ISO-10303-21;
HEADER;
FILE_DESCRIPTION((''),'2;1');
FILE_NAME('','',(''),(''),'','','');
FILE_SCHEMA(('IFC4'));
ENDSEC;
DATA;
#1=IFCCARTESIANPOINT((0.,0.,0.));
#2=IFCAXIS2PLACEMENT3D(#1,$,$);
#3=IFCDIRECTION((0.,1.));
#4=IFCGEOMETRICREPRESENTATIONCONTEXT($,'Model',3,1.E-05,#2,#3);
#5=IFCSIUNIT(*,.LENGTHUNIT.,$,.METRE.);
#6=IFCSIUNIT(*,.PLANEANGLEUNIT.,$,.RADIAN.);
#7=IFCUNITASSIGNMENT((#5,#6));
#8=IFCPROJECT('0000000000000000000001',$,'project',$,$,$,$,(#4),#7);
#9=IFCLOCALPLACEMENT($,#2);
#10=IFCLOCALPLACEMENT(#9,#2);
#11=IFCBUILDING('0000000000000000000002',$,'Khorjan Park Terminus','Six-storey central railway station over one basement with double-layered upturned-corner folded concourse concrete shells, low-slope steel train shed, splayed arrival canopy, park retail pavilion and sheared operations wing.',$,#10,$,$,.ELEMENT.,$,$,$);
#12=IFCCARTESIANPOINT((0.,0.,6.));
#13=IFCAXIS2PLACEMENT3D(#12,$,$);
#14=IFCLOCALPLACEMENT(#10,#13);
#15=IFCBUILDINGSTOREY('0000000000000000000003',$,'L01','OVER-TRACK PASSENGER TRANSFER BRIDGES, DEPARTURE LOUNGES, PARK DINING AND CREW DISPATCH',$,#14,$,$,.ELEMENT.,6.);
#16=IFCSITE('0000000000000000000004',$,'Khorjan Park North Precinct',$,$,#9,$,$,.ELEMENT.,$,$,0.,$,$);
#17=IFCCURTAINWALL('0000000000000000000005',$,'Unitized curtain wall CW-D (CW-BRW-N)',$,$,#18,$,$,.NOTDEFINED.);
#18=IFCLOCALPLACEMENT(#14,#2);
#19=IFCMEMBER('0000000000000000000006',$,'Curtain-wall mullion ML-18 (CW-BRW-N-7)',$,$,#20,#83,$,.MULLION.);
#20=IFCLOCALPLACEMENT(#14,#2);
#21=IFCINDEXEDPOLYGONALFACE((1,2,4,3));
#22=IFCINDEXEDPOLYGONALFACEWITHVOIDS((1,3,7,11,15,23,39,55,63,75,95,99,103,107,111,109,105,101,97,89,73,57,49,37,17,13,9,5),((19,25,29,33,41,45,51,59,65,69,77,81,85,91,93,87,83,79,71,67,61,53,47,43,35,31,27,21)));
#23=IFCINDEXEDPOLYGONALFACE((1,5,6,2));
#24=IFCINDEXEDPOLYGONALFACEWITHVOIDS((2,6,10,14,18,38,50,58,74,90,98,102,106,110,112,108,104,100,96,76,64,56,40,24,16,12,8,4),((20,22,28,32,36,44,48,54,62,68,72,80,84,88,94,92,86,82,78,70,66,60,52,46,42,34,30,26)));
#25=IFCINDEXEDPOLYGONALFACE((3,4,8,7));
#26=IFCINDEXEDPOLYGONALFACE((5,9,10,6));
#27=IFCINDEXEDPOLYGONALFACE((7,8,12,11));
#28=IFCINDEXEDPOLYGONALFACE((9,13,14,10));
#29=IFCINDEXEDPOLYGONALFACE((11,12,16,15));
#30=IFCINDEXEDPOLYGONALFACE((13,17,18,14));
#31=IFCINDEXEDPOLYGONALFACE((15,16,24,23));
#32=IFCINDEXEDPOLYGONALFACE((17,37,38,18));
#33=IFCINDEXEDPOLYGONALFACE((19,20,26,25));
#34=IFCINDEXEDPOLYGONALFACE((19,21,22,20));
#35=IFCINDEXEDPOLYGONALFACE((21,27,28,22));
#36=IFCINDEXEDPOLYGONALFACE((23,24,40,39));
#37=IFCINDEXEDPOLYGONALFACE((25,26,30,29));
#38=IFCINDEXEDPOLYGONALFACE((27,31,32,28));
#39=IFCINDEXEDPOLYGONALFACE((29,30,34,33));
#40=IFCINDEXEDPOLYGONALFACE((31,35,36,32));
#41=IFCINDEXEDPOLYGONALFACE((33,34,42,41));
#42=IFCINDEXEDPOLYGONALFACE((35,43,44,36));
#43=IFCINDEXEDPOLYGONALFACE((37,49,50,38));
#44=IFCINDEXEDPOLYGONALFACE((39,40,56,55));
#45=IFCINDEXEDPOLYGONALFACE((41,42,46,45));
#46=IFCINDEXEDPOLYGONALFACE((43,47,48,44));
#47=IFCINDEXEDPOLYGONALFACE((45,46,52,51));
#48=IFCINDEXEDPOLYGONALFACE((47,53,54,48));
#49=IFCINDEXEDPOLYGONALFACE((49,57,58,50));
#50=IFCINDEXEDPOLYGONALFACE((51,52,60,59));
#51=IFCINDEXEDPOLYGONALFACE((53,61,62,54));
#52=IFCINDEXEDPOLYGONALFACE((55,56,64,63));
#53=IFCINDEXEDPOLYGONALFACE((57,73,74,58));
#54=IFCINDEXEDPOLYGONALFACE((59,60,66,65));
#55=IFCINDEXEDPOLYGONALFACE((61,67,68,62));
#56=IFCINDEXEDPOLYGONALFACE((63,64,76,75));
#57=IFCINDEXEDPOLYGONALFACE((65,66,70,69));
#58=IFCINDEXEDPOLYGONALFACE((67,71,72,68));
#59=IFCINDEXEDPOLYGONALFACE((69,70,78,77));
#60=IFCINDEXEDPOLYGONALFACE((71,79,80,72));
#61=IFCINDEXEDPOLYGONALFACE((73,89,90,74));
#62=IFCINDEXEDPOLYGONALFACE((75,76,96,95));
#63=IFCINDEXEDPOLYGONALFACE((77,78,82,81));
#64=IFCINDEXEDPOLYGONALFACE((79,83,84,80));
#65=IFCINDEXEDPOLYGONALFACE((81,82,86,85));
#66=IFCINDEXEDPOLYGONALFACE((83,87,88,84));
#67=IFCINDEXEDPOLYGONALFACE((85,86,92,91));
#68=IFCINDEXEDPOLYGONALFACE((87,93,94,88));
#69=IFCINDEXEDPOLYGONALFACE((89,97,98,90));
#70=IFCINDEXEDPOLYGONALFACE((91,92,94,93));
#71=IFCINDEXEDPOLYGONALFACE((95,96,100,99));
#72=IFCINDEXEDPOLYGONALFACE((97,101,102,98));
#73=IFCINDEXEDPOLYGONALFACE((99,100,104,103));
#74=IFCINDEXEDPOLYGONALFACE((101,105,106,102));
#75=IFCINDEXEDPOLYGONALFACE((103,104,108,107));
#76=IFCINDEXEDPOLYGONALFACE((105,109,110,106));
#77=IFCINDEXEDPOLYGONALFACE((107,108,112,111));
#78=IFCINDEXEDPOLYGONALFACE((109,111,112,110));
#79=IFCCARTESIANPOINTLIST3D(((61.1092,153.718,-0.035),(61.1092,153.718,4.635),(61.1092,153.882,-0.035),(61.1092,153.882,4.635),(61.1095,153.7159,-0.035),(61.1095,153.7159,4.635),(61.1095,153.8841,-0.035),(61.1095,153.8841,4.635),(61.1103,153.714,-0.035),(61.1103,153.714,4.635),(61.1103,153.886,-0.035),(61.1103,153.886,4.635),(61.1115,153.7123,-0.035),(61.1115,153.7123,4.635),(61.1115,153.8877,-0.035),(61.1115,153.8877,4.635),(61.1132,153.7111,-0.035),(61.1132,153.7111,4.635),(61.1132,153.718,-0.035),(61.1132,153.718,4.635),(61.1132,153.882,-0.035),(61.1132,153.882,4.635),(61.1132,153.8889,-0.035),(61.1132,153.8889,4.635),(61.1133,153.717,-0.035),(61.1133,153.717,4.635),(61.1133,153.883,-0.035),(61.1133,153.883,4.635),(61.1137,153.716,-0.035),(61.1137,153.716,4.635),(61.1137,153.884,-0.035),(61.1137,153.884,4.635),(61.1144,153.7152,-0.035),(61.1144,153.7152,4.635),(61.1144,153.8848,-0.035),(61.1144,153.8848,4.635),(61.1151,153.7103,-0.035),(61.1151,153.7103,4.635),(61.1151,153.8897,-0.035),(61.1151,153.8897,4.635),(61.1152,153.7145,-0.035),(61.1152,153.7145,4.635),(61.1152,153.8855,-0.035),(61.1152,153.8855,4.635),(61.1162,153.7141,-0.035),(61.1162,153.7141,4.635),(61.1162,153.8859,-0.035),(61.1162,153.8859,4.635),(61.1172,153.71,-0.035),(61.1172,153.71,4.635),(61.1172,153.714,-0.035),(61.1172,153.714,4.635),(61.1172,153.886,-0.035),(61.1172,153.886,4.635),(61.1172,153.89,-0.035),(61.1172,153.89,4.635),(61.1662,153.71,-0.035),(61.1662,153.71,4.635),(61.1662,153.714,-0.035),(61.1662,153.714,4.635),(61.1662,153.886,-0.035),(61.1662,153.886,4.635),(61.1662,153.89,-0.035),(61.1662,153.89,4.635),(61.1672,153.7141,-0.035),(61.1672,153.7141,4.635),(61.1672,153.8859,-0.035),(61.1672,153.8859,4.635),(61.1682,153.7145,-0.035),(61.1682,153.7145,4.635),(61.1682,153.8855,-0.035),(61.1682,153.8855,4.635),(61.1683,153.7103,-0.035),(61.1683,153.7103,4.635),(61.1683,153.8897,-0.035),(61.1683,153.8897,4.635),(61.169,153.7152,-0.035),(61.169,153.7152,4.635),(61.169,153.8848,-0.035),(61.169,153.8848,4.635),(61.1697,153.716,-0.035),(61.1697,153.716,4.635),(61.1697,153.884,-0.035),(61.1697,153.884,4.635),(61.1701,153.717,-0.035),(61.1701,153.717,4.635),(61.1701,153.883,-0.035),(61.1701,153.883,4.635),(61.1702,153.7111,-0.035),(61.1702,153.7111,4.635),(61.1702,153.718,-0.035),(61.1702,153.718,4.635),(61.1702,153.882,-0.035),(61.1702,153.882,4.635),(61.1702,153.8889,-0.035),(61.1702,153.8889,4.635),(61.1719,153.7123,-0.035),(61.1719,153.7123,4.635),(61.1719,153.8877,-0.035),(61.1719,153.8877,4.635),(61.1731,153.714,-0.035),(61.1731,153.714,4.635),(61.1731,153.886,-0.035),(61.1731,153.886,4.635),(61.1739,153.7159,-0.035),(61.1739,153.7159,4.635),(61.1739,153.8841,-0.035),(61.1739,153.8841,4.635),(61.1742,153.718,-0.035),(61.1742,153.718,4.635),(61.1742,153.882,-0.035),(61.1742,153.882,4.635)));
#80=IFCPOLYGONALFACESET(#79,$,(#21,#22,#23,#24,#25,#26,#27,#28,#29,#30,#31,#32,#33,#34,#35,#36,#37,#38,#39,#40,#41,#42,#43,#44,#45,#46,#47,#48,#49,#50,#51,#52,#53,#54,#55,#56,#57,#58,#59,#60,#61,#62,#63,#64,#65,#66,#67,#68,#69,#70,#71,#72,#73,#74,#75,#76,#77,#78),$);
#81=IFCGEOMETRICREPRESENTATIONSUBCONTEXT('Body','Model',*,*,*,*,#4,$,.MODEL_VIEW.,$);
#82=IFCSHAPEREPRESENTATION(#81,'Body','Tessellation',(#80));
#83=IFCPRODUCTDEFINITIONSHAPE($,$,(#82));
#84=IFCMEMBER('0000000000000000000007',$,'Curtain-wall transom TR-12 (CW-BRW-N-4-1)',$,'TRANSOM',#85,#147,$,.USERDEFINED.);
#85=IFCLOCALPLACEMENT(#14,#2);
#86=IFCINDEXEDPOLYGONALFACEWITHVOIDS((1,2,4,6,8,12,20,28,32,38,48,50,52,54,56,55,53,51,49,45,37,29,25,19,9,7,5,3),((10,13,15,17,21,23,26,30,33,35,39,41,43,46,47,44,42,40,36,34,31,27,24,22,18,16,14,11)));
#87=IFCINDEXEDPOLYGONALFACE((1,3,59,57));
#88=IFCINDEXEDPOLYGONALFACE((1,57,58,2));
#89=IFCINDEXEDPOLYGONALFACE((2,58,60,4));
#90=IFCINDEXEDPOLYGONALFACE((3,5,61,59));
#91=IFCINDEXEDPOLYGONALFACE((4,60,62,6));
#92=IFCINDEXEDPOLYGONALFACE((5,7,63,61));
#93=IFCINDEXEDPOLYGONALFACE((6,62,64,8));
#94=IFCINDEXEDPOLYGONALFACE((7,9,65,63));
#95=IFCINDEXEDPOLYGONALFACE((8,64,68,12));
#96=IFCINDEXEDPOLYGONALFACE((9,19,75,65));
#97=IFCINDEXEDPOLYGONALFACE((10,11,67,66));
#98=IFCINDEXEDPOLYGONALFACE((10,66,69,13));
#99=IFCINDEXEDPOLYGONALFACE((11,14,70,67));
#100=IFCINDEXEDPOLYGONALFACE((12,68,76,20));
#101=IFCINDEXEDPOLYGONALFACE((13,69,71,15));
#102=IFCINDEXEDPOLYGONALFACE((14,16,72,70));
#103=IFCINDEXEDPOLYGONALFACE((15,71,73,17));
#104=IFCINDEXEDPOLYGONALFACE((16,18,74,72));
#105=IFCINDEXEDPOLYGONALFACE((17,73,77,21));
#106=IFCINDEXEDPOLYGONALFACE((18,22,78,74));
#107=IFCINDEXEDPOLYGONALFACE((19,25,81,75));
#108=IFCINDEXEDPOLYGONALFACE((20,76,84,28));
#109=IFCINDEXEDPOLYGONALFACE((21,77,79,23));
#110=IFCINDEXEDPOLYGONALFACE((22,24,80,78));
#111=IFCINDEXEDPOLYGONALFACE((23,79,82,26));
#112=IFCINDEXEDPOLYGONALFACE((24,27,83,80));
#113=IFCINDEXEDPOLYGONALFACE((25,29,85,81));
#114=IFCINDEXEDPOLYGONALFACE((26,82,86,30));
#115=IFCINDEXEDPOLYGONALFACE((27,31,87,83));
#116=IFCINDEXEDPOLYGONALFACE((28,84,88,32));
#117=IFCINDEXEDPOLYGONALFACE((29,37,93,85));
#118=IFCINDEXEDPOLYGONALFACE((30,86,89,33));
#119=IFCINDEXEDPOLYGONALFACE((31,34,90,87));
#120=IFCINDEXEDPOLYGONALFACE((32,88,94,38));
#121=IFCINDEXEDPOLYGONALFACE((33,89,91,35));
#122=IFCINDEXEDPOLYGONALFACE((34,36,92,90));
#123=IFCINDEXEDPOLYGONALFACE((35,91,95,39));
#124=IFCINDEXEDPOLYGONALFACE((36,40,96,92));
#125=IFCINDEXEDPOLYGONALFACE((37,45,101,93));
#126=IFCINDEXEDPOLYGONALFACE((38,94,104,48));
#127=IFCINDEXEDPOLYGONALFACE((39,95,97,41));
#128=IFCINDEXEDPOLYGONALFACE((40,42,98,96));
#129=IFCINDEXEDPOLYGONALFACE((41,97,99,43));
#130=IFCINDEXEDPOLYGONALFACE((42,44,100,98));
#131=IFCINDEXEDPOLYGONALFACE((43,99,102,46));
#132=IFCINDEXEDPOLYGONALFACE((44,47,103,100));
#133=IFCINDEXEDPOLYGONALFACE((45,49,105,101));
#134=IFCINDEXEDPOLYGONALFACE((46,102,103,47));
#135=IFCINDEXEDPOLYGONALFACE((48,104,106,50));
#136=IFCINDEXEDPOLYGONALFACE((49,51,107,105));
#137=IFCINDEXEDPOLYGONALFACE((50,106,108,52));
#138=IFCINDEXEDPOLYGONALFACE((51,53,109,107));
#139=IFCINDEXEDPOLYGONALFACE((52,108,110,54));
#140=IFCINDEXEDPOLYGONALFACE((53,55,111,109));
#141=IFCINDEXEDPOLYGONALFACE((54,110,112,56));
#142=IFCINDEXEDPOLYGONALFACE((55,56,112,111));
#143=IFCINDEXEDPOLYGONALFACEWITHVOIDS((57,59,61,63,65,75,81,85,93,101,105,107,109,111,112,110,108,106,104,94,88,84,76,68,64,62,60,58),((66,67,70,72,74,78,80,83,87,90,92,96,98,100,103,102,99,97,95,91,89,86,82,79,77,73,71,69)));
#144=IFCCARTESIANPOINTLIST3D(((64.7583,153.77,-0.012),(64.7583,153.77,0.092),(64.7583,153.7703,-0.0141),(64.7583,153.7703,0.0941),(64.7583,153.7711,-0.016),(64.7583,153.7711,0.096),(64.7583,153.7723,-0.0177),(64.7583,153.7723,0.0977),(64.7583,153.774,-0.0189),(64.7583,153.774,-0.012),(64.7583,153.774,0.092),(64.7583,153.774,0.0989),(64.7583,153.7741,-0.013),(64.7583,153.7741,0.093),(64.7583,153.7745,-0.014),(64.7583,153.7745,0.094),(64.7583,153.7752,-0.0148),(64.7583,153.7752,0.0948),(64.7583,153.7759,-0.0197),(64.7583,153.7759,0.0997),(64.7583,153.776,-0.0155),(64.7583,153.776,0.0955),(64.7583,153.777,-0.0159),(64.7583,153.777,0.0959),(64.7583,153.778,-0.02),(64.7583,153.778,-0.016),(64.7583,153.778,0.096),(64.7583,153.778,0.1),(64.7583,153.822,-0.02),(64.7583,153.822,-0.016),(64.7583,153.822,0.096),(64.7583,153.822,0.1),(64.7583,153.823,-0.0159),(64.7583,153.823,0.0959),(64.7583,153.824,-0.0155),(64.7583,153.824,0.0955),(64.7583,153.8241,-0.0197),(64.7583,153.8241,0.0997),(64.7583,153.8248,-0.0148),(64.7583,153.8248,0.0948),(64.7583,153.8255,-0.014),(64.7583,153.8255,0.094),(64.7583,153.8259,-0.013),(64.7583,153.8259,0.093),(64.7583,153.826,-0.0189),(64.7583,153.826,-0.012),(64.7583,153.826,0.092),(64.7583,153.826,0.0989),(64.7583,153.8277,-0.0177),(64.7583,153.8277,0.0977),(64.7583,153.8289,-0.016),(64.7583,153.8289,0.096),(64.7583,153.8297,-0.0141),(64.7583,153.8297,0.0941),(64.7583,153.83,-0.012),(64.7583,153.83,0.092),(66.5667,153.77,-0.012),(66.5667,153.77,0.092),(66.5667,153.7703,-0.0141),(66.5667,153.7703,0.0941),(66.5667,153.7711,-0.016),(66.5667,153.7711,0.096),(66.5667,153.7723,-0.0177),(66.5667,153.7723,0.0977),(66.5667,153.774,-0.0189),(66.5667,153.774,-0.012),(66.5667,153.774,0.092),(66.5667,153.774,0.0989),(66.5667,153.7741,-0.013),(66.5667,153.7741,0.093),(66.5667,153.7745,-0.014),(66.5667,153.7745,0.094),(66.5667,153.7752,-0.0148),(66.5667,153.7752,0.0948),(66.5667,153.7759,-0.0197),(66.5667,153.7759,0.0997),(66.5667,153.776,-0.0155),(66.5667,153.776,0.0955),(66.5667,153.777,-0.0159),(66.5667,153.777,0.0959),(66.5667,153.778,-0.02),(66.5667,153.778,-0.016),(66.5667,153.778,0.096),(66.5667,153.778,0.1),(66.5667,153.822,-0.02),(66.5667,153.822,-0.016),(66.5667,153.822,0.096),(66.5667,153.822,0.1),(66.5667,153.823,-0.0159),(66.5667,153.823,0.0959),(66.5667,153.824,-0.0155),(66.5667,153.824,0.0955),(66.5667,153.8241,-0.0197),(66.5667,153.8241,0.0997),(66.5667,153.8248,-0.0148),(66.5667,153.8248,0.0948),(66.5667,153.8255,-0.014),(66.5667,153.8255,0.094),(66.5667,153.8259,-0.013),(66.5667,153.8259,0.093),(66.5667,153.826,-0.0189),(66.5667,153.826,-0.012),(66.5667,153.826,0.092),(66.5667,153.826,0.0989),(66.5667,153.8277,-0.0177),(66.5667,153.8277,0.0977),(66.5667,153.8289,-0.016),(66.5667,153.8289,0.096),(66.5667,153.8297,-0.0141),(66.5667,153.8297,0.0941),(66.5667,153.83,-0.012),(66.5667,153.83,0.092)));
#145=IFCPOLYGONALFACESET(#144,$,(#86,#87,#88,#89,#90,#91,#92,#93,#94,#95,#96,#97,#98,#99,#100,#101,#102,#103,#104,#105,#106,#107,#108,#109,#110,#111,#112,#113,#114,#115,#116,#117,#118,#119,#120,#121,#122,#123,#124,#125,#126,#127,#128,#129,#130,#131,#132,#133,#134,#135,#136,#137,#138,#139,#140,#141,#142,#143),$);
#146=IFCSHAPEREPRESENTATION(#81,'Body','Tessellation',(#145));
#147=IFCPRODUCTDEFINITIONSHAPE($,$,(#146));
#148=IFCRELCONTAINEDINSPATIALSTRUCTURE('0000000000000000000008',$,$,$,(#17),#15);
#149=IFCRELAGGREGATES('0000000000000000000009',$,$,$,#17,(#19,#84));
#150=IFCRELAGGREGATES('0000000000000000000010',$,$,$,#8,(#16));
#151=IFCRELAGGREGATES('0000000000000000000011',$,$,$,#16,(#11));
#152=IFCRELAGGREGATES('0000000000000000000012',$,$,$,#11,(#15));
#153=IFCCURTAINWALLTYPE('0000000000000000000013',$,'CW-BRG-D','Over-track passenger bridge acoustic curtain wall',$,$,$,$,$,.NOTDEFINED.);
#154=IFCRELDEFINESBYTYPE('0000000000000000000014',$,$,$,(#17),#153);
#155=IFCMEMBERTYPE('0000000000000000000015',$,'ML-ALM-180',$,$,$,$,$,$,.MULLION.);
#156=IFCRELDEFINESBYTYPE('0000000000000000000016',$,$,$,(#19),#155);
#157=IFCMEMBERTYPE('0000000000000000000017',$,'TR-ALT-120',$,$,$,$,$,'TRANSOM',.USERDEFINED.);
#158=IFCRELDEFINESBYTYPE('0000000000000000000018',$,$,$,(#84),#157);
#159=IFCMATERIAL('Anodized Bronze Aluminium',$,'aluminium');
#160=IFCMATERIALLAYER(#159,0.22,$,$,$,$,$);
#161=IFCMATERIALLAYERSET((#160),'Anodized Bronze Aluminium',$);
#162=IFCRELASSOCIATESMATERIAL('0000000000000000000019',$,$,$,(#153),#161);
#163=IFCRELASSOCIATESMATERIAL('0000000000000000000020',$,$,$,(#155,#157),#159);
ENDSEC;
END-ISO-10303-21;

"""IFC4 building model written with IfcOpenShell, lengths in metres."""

from ifc_helpers import new_model, si_unit, direction, frame, origin, origin_2d, place, context, subcontext, project, spatial, hollow_rectangle, extrude, material, layer, layer_set, material_profile, profile_set, type_object, element, aggregate, save


model = new_model("IFC4")

# Units and contexts
model_context = context("Model", 3, precision=1e-05, world=origin(), true_north=direction((0.0, 1.0)))
body_context = subcontext(model_context, "Body", "Model", "MODEL_VIEW")
ifc_project = project(units=[si_unit("LENGTHUNIT", "METRE"), si_unit("PLANEANGLEUNIT", "RADIAN")], contexts=[model_context])

# Site, building, storey
site_placement = place(None, origin())
site = spatial("IfcSite", under=ifc_project, at=site_placement, Name="Khorjan Park North Precinct", CompositionType="ELEMENT", RefElevation=0.0)
building_placement = place(site_placement, origin())
building = spatial("IfcBuilding", under=site, at=building_placement, Name="Khorjan Park Terminus", Description="Six-storey central railway station over one basement with double-layered upturned-corner folded concourse concrete shells, low-slope steel train shed, splayed arrival canopy, park retail pavilion and sheared operations wing.", CompositionType="ELEMENT")
storey_placement = place(building_placement, frame((0.0, 0.0, 6.0)))
storey = spatial("IfcBuildingStorey", under=building, at=storey_placement, Name="L01", Description="OVER-TRACK PASSENGER TRANSFER BRIDGES, DEPARTURE LOUNGES, PARK DINING AND CREW DISPATCH", CompositionType="ELEMENT", Elevation=6.0)

# Curtain wall, members
ifc_material_1 = material(Name="Anodized Bronze Aluminium", Category="aluminium")
ifc_layer_1 = layer(ifc_material_1, 0.22)
ifc_layer_set_1 = layer_set([ifc_layer_1], Name="Anodized Bronze Aluminium")
curtain_wall_type = type_object("IfcCurtainWallType", Name="CW-BRG-D", Description="Over-track passenger bridge acoustic curtain wall", PredefinedType="NOTDEFINED", material=ifc_layer_set_1)
curtain_wall_placement = place(storey_placement, origin())
curtain_wall = element("IfcCurtainWall", 1, at=curtain_wall_placement, inside=storey, type_object=curtain_wall_type, Name="Unitized curtain wall CW-D (CW-BRW-N)", PredefinedType="NOTDEFINED")
ifc_material_profile_1 = material_profile(ifc_material_1, hollow_rectangle(XDim=0.065, YDim=0.18, WallThickness=0.004, InnerFilletRadius=0.004, OuterFilletRadius=0.008, at=origin_2d()), Name="ALM 65x180x4")
ifc_profile_set_1 = profile_set([ifc_material_profile_1], Name="Anodized Bronze Aluminium")
member_type_1 = type_object("IfcMemberType", Name="ML-ALM-180", PredefinedType="MULLION", material=ifc_profile_set_1)
member_1_placement = place(storey_placement, frame((61.1417, 153.8, -0.035), z_axis=(0.0, 0.0, 1.0), x_axis=(-1.0, 0.0, 0.0)))
member_1 = element("IfcMember", 2, at=member_1_placement, type_object=member_type_1, Name="Curtain-wall mullion ML-18 (CW-BRW-N-7)", PredefinedType="MULLION", context=body_context, shape_type="SweptSolid", body=[
    extrude(hollow_rectangle(XDim=0.065, YDim=0.18, WallThickness=0.004, InnerFilletRadius=0.004, OuterFilletRadius=0.008, at=origin_2d()), origin(), (0.0, 0.0, 1.0), 4.67),
])
ifc_material_profile_2 = material_profile(ifc_material_1, hollow_rectangle(XDim=0.06, YDim=0.12, WallThickness=0.004, InnerFilletRadius=0.004, OuterFilletRadius=0.008, at=origin_2d()), Name="ALT 60x120x4")
ifc_profile_set_2 = profile_set([ifc_material_profile_2], Name="Anodized Bronze Aluminium")
member_type_2 = type_object("IfcMemberType", Name="TR-ALT-120", ElementType="TRANSOM", PredefinedType="USERDEFINED", material=ifc_profile_set_2)
member_2_placement = place(storey_placement, frame((66.5667, 153.8, 0.04), z_axis=(-1.0, 0.0, 0.0), x_axis=(0.0, -1.0, 0.0)))
member_2 = element("IfcMember", 3, at=member_2_placement, type_object=member_type_2, Name="Curtain-wall transom TR-12 (CW-BRW-N-4-1)", ObjectType="TRANSOM", PredefinedType="USERDEFINED", context=body_context, shape_type="SweptSolid", body=[
    extrude(hollow_rectangle(XDim=0.06, YDim=0.12, WallThickness=0.004, InnerFilletRadius=0.004, OuterFilletRadius=0.008, at=origin_2d()), origin(), (0.0, 0.0, 1.0), 1.8084),
])
aggregate(curtain_wall, [member_1, member_2])

save(model, "model.ifc")
